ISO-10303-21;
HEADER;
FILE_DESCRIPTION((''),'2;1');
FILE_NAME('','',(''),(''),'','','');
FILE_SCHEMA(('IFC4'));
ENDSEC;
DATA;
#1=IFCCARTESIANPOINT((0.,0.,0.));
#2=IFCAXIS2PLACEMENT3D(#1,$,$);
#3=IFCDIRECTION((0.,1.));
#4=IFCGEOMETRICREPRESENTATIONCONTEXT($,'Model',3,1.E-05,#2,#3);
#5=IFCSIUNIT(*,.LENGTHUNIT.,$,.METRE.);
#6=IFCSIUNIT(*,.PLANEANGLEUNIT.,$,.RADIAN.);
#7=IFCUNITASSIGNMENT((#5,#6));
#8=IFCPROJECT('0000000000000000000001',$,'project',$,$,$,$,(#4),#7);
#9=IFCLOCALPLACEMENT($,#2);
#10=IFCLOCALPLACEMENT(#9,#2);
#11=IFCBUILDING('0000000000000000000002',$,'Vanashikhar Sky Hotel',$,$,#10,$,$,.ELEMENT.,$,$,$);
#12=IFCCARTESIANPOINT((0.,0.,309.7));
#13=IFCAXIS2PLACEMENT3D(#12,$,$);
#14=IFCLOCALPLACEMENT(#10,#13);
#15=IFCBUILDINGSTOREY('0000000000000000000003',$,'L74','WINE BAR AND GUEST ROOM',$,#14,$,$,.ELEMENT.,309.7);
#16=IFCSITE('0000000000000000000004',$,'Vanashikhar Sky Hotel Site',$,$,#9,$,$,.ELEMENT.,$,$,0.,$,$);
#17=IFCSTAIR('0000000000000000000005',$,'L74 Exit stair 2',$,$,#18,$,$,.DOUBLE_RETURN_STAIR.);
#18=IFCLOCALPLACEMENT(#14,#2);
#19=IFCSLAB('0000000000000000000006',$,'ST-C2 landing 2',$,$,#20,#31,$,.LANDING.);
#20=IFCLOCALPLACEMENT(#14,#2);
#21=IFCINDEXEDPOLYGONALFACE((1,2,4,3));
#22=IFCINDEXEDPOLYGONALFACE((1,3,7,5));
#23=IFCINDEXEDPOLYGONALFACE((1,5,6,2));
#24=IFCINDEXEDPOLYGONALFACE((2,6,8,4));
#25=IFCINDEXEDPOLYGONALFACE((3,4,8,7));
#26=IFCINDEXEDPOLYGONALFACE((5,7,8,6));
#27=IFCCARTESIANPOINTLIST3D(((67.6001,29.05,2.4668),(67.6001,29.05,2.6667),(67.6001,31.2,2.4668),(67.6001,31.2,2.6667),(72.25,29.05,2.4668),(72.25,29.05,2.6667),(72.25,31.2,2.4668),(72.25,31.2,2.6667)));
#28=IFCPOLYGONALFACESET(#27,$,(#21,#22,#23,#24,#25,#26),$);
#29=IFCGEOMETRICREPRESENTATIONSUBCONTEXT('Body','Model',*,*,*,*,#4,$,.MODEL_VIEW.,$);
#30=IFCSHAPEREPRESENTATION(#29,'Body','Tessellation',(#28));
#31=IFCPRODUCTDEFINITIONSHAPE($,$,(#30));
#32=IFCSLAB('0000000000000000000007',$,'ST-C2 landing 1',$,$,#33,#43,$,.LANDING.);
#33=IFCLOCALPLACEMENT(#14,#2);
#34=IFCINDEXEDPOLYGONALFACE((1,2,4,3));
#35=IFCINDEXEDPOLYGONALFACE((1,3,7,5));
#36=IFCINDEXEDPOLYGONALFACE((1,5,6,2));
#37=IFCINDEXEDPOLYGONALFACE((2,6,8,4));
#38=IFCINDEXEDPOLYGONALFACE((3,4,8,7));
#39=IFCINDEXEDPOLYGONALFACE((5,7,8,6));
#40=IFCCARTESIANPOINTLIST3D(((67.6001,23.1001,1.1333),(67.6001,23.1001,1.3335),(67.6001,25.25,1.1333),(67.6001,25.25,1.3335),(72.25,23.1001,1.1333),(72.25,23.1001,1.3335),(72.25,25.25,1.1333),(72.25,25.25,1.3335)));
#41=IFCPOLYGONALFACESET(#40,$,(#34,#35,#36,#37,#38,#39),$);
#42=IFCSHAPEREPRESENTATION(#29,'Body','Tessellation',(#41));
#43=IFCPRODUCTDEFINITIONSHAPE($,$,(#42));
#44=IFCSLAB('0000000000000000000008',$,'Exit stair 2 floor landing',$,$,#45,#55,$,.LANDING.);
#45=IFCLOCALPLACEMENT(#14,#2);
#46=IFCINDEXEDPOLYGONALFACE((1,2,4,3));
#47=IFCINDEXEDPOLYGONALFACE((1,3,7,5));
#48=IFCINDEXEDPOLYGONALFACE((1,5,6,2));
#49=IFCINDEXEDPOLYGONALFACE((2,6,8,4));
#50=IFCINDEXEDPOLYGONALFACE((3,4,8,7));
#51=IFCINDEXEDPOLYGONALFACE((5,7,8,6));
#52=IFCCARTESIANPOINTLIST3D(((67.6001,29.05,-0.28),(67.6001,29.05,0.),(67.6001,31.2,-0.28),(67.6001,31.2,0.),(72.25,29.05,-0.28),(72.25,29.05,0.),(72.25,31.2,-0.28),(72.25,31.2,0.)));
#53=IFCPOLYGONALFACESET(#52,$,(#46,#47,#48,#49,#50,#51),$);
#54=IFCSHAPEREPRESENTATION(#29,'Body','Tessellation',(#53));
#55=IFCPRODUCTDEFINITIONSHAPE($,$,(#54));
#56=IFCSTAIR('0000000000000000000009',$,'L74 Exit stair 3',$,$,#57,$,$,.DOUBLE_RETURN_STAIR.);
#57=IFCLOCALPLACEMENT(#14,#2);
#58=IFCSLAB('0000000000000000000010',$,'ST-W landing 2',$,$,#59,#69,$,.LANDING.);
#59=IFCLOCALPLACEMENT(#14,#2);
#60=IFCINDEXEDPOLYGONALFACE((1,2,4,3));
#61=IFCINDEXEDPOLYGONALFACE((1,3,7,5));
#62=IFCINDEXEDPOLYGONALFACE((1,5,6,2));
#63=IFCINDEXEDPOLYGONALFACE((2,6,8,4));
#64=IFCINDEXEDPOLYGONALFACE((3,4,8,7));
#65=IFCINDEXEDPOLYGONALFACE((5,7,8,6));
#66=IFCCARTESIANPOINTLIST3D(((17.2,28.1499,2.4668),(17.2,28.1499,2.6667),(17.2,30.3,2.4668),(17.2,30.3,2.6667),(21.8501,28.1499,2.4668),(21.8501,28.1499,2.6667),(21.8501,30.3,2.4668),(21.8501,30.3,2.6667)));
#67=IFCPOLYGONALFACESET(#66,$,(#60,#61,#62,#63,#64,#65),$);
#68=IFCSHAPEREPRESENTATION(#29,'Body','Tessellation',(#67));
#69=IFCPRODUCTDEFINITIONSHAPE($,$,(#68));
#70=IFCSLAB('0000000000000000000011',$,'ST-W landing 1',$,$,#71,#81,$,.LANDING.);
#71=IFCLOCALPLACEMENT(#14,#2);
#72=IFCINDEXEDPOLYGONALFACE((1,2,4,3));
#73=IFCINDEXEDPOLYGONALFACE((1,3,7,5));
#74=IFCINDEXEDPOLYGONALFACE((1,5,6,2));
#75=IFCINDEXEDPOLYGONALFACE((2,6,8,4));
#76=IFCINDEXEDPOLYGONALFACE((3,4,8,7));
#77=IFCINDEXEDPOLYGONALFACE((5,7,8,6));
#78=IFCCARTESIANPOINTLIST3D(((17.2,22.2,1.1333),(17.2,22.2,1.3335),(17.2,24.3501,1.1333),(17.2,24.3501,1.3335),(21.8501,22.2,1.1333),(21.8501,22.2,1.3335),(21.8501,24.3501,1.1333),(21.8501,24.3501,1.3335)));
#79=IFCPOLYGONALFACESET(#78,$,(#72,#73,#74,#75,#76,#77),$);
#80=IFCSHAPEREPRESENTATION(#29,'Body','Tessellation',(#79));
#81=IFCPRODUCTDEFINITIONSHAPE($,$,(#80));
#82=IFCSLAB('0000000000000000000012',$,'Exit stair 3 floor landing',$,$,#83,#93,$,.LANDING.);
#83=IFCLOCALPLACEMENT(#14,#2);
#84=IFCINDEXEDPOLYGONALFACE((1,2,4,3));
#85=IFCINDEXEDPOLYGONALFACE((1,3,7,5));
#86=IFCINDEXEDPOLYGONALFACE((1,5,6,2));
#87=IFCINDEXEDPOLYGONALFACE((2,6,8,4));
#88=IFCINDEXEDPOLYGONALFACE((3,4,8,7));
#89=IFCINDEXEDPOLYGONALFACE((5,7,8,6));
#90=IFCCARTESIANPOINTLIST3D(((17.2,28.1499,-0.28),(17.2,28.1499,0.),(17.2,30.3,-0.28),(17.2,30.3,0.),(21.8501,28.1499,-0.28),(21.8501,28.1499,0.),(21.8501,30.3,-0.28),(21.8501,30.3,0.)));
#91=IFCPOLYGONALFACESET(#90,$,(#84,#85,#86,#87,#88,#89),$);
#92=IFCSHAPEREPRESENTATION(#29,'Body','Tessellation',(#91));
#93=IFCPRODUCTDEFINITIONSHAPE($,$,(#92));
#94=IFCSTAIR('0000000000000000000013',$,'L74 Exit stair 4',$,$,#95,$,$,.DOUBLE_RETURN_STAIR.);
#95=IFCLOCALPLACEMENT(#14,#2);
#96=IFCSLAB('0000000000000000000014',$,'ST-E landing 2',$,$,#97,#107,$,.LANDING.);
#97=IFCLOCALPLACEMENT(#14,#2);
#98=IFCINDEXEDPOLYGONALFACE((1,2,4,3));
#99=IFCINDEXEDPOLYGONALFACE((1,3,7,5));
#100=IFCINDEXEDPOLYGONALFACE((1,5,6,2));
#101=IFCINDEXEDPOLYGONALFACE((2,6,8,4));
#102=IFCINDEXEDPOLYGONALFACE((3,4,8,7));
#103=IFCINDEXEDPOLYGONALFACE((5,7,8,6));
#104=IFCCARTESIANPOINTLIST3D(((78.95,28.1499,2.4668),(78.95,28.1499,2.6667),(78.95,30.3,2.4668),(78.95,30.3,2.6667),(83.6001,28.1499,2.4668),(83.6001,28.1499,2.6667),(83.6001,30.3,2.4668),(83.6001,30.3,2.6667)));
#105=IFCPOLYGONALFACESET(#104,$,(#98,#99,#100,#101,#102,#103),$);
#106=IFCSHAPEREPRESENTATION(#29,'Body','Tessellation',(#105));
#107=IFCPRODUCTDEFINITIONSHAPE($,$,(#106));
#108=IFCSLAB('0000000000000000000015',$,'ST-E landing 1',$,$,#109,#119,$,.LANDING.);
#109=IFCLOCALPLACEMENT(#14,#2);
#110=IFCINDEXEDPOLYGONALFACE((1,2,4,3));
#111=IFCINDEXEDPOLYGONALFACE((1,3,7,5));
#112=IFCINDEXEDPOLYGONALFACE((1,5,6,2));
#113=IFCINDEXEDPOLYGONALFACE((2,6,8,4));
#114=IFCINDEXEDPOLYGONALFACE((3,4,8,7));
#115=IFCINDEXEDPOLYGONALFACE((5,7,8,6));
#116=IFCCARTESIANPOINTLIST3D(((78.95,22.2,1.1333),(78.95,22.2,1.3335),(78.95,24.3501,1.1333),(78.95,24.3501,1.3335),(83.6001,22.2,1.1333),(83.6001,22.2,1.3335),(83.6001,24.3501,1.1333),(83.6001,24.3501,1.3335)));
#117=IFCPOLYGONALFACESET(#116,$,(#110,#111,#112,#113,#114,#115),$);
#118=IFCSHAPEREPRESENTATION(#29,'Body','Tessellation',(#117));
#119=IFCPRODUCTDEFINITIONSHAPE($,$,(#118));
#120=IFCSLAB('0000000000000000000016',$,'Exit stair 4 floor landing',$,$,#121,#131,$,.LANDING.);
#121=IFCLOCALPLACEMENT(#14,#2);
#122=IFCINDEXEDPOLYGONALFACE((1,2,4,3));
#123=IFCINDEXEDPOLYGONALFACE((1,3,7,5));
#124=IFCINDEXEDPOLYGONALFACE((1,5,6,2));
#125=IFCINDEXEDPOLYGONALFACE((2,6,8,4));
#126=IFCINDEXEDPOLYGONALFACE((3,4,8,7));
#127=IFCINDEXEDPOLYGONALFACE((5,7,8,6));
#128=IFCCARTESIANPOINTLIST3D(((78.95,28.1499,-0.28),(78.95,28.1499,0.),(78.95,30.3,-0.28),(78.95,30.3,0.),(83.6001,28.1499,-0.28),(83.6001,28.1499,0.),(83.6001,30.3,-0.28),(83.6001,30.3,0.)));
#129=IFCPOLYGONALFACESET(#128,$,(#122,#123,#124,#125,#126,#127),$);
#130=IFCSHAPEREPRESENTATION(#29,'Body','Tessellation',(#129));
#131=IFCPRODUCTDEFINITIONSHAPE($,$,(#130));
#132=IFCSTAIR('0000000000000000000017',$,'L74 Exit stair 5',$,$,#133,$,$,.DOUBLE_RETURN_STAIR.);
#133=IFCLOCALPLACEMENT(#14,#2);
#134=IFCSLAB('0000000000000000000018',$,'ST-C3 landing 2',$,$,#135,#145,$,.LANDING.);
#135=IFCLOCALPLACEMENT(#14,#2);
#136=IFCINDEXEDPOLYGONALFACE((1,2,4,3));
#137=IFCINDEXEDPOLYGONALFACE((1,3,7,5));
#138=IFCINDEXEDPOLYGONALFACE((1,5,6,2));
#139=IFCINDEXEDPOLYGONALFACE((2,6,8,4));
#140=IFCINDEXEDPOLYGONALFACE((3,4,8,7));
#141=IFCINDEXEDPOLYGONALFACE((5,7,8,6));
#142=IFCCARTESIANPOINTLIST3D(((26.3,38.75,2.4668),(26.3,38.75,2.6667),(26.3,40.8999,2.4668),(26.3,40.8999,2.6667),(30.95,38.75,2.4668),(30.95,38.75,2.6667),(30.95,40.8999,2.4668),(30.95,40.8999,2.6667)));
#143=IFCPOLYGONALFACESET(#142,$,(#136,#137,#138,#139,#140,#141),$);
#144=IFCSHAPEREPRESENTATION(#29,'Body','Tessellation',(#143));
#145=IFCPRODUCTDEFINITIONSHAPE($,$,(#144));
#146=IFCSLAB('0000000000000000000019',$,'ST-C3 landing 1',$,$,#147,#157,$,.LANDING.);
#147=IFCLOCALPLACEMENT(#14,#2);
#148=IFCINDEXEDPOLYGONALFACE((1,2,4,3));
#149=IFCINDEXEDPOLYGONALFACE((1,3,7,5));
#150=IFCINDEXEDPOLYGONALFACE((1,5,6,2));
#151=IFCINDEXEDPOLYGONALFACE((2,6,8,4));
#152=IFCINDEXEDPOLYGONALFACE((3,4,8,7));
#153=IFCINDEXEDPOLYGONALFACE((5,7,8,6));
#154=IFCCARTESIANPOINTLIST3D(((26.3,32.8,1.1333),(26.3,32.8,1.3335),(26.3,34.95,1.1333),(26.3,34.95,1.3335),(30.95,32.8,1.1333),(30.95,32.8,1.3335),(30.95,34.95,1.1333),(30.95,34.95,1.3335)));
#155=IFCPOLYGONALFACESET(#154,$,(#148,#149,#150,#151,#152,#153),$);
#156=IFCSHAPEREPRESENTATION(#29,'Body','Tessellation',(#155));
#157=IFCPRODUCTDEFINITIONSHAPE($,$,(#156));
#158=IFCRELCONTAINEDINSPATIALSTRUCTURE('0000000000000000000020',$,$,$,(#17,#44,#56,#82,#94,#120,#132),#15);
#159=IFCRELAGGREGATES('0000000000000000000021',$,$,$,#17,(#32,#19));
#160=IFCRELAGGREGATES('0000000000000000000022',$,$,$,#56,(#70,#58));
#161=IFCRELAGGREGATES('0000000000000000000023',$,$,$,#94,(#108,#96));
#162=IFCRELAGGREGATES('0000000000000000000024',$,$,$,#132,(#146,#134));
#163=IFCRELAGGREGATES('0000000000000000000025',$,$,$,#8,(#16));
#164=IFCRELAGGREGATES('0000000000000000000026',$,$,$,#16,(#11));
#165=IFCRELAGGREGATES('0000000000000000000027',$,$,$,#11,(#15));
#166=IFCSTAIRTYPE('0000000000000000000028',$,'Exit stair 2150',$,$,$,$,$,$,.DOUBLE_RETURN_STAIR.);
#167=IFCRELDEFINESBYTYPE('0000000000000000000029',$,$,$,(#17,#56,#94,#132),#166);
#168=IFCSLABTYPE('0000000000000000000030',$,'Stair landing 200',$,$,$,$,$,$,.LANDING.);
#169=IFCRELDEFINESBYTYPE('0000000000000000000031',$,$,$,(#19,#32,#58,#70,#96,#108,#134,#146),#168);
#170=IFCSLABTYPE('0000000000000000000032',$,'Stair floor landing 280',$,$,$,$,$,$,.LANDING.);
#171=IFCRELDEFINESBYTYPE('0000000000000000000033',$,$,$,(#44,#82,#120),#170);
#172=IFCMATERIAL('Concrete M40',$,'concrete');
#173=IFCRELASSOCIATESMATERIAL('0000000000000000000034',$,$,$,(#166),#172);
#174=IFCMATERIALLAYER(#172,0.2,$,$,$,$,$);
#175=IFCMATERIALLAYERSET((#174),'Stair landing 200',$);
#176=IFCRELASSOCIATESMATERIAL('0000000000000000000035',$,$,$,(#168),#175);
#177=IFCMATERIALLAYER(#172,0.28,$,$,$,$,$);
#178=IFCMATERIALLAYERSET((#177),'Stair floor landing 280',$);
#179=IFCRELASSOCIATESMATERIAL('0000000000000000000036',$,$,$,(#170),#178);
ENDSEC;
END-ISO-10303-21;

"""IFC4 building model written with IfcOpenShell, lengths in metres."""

from ifc_helpers import new_model, si_unit, direction, frame, origin, place, context, subcontext, project, spatial, polyline, outline, extrude, source, transform, mapped, material, layer, layer_set, type_object, element, aggregate, save


model = new_model("IFC4")

# Units and contexts
model_context = context("Model", 3, precision=1e-05, world=origin(), true_north=direction((0.0, 1.0)))
body_context = subcontext(model_context, "Body", "Model", "MODEL_VIEW")
ifc_project = project(units=[si_unit("LENGTHUNIT", "METRE"), si_unit("PLANEANGLEUNIT", "RADIAN")], contexts=[model_context])

# Site, building, storey
site_placement = place(None, origin())
site = spatial("IfcSite", under=ifc_project, at=site_placement, Name="Vanashikhar Sky Hotel Site", CompositionType="ELEMENT", RefElevation=0.0)
building_placement = place(site_placement, origin())
building = spatial("IfcBuilding", under=site, at=building_placement, Name="Vanashikhar Sky Hotel", CompositionType="ELEMENT")
storey_placement = place(building_placement, frame((0.0, 0.0, 309.7)))
storey = spatial("IfcBuildingStorey", under=building, at=storey_placement, Name="L74", Description="WINE BAR AND GUEST ROOM", CompositionType="ELEMENT", Elevation=309.7)

# Shared definitions
ifc_material = material(Name="Concrete M40", Category="concrete")

# Shared definitions
stair_type = type_object("IfcStairType", Name="Exit stair 2150", PredefinedType="DOUBLE_RETURN_STAIR", material=ifc_material)
ifc_layer_1 = layer(ifc_material, 0.2)
ifc_layer_set_1 = layer_set([ifc_layer_1], Name="Stair landing 200")
slab_type_1 = type_object("IfcSlabType", Name="Stair landing 200", PredefinedType="LANDING", material=ifc_layer_set_1)

# Shared definitions
ifc_layer_2 = layer(ifc_material, 0.28)
ifc_layer_set_2 = layer_set([ifc_layer_2], Name="Stair floor landing 280")
slab_type_2 = type_object("IfcSlabType", Name="Stair floor landing 280", PredefinedType="LANDING", material=ifc_layer_set_2)

# Stair, slabs
stair_1_placement = place(storey_placement, origin())
stair_1 = element("IfcStair", 1, at=stair_1_placement, inside=storey, type_object=stair_type, Name="L74 Exit stair 2", PredefinedType="DOUBLE_RETURN_STAIR")
shared_shape_1 = source(origin(), body_context, "Body", "SweptSolid", [
    extrude(outline(polyline([(72.25, 29.05), (72.25, 31.2), (67.6001, 31.2), (67.6001, 29.05), (72.25, 29.05)])), origin(), (0.0, 0.0, 1.0), 0.2),
])
slab_1_placement = place(storey_placement, frame((0.0, 0.0, 2.4668)))
slab_1 = element("IfcSlab", 2, at=slab_1_placement, type_object=slab_type_1, Name="ST-C2 landing 2", PredefinedType="LANDING", context=body_context, shape_type="MappedRepresentation", body=[
    mapped(shared_shape_1, transform((0.0, 0.0, 0.0), scale=1.0)),
])
shared_shape_2 = source(origin(), body_context, "Body", "SweptSolid", [
    extrude(outline(polyline([(72.25, 23.1001), (72.25, 25.25), (67.6001, 25.25), (67.6001, 23.1001), (72.25, 23.1001)])), origin(), (0.0, 0.0, 1.0), 0.2002),
])
slab_2_placement = place(storey_placement, frame((0.0, 0.0, 1.1333)))
slab_2 = element("IfcSlab", 3, at=slab_2_placement, type_object=slab_type_1, Name="ST-C2 landing 1", PredefinedType="LANDING", context=body_context, shape_type="MappedRepresentation", body=[
    mapped(shared_shape_2, transform((0.0, 0.0, 0.0), scale=1.0)),
])
aggregate(stair_1, [slab_2, slab_1])

# Slab
shared_shape_3 = source(origin(), body_context, "Body", "SweptSolid", [
    extrude(outline(polyline([(72.25, 29.05), (72.25, 31.2), (67.6001, 31.2), (67.6001, 29.05), (72.25, 29.05)])), origin(), (0.0, 0.0, 1.0), 0.28),
])
slab_3_placement = place(storey_placement, frame((0.0, 0.0, -0.28)))
element("IfcSlab", 4, at=slab_3_placement, inside=storey, type_object=slab_type_2, Name="Exit stair 2 floor landing", PredefinedType="LANDING", context=body_context, shape_type="MappedRepresentation", body=[
    mapped(shared_shape_3, transform((0.0, 0.0, 0.0), scale=1.0)),
])

# Stair, slabs
stair_2_placement = place(storey_placement, origin())
stair_2 = element("IfcStair", 5, at=stair_2_placement, inside=storey, type_object=stair_type, Name="L74 Exit stair 3", PredefinedType="DOUBLE_RETURN_STAIR")
shared_shape_4 = source(origin(), body_context, "Body", "SweptSolid", [
    extrude(outline(polyline([(21.8501, 28.1499), (21.8501, 30.3), (17.2, 30.3), (17.2, 28.1499), (21.8501, 28.1499)])), origin(), (0.0, 0.0, 1.0), 0.2),
])
slab_4_placement = place(storey_placement, frame((0.0, 0.0, 2.4668)))
slab_4 = element("IfcSlab", 6, at=slab_4_placement, type_object=slab_type_1, Name="ST-W landing 2", PredefinedType="LANDING", context=body_context, shape_type="MappedRepresentation", body=[
    mapped(shared_shape_4, transform((0.0, 0.0, 0.0), scale=1.0)),
])
shared_shape_5 = source(origin(), body_context, "Body", "SweptSolid", [
    extrude(outline(polyline([(21.8501, 22.2), (21.8501, 24.3501), (17.2, 24.3501), (17.2, 22.2), (21.8501, 22.2)])), origin(), (0.0, 0.0, 1.0), 0.2002),
])
slab_5_placement = place(storey_placement, frame((0.0, 0.0, 1.1333)))
slab_5 = element("IfcSlab", 7, at=slab_5_placement, type_object=slab_type_1, Name="ST-W landing 1", PredefinedType="LANDING", context=body_context, shape_type="MappedRepresentation", body=[
    mapped(shared_shape_5, transform((0.0, 0.0, 0.0), scale=1.0)),
])
aggregate(stair_2, [slab_5, slab_4])

# Slab
shared_shape_6 = source(origin(), body_context, "Body", "SweptSolid", [
    extrude(outline(polyline([(21.8501, 28.1499), (21.8501, 30.3), (17.2, 30.3), (17.2, 28.1499), (21.8501, 28.1499)])), origin(), (0.0, 0.0, 1.0), 0.28),
])
slab_6_placement = place(storey_placement, frame((0.0, 0.0, -0.28)))
element("IfcSlab", 8, at=slab_6_placement, inside=storey, type_object=slab_type_2, Name="Exit stair 3 floor landing", PredefinedType="LANDING", context=body_context, shape_type="MappedRepresentation", body=[
    mapped(shared_shape_6, transform((0.0, 0.0, 0.0), scale=1.0)),
])

# Stair, slabs
stair_3_placement = place(storey_placement, origin())
stair_3 = element("IfcStair", 9, at=stair_3_placement, inside=storey, type_object=stair_type, Name="L74 Exit stair 4", PredefinedType="DOUBLE_RETURN_STAIR")
shared_shape_7 = source(origin(), body_context, "Body", "SweptSolid", [
    extrude(outline(polyline([(83.6001, 28.1499), (83.6001, 30.3), (78.95, 30.3), (78.95, 28.1499), (83.6001, 28.1499)])), origin(), (0.0, 0.0, 1.0), 0.2),
])
slab_7_placement = place(storey_placement, frame((0.0, 0.0, 2.4668)))
slab_7 = element("IfcSlab", 10, at=slab_7_placement, type_object=slab_type_1, Name="ST-E landing 2", PredefinedType="LANDING", context=body_context, shape_type="MappedRepresentation", body=[
    mapped(shared_shape_7, transform((0.0, 0.0, 0.0), scale=1.0)),
])
shared_shape_8 = source(origin(), body_context, "Body", "SweptSolid", [
    extrude(outline(polyline([(83.6001, 22.2), (83.6001, 24.3501), (78.95, 24.3501), (78.95, 22.2), (83.6001, 22.2)])), origin(), (0.0, 0.0, 1.0), 0.2002),
])
slab_8_placement = place(storey_placement, frame((0.0, 0.0, 1.1333)))
slab_8 = element("IfcSlab", 11, at=slab_8_placement, type_object=slab_type_1, Name="ST-E landing 1", PredefinedType="LANDING", context=body_context, shape_type="MappedRepresentation", body=[
    mapped(shared_shape_8, transform((0.0, 0.0, 0.0), scale=1.0)),
])
aggregate(stair_3, [slab_8, slab_7])

# Slab
shared_shape_9 = source(origin(), body_context, "Body", "SweptSolid", [
    extrude(outline(polyline([(83.6001, 28.1499), (83.6001, 30.3), (78.95, 30.3), (78.95, 28.1499), (83.6001, 28.1499)])), origin(), (0.0, 0.0, 1.0), 0.28),
])
slab_9_placement = place(storey_placement, frame((0.0, 0.0, -0.28)))
element("IfcSlab", 12, at=slab_9_placement, inside=storey, type_object=slab_type_2, Name="Exit stair 4 floor landing", PredefinedType="LANDING", context=body_context, shape_type="MappedRepresentation", body=[
    mapped(shared_shape_9, transform((0.0, 0.0, 0.0), scale=1.0)),
])

# Stair, slabs
stair_4_placement = place(storey_placement, origin())
stair_4 = element("IfcStair", 13, at=stair_4_placement, inside=storey, type_object=stair_type, Name="L74 Exit stair 5", PredefinedType="DOUBLE_RETURN_STAIR")
shared_shape_10 = source(origin(), body_context, "Body", "SweptSolid", [
    extrude(outline(polyline([(30.95, 38.75), (30.95, 40.8999), (26.3, 40.8999), (26.3, 38.75), (30.95, 38.75)])), origin(), (0.0, 0.0, 1.0), 0.2),
])
slab_10_placement = place(storey_placement, frame((0.0, 0.0, 2.4668)))
slab_10 = element("IfcSlab", 14, at=slab_10_placement, type_object=slab_type_1, Name="ST-C3 landing 2", PredefinedType="LANDING", context=body_context, shape_type="MappedRepresentation", body=[
    mapped(shared_shape_10, transform((0.0, 0.0, 0.0), scale=1.0)),
])
shared_shape_11 = source(origin(), body_context, "Body", "SweptSolid", [
    extrude(outline(polyline([(30.95, 32.8), (30.95, 34.95), (26.3, 34.95), (26.3, 32.8), (30.95, 32.8)])), origin(), (0.0, 0.0, 1.0), 0.2002),
])
slab_11_placement = place(storey_placement, frame((0.0, 0.0, 1.1333)))
slab_11 = element("IfcSlab", 15, at=slab_11_placement, type_object=slab_type_1, Name="ST-C3 landing 1", PredefinedType="LANDING", context=body_context, shape_type="MappedRepresentation", body=[
    mapped(shared_shape_11, transform((0.0, 0.0, 0.0), scale=1.0)),
])
aggregate(stair_4, [slab_11, slab_10])

save(model, "model.ifc")
